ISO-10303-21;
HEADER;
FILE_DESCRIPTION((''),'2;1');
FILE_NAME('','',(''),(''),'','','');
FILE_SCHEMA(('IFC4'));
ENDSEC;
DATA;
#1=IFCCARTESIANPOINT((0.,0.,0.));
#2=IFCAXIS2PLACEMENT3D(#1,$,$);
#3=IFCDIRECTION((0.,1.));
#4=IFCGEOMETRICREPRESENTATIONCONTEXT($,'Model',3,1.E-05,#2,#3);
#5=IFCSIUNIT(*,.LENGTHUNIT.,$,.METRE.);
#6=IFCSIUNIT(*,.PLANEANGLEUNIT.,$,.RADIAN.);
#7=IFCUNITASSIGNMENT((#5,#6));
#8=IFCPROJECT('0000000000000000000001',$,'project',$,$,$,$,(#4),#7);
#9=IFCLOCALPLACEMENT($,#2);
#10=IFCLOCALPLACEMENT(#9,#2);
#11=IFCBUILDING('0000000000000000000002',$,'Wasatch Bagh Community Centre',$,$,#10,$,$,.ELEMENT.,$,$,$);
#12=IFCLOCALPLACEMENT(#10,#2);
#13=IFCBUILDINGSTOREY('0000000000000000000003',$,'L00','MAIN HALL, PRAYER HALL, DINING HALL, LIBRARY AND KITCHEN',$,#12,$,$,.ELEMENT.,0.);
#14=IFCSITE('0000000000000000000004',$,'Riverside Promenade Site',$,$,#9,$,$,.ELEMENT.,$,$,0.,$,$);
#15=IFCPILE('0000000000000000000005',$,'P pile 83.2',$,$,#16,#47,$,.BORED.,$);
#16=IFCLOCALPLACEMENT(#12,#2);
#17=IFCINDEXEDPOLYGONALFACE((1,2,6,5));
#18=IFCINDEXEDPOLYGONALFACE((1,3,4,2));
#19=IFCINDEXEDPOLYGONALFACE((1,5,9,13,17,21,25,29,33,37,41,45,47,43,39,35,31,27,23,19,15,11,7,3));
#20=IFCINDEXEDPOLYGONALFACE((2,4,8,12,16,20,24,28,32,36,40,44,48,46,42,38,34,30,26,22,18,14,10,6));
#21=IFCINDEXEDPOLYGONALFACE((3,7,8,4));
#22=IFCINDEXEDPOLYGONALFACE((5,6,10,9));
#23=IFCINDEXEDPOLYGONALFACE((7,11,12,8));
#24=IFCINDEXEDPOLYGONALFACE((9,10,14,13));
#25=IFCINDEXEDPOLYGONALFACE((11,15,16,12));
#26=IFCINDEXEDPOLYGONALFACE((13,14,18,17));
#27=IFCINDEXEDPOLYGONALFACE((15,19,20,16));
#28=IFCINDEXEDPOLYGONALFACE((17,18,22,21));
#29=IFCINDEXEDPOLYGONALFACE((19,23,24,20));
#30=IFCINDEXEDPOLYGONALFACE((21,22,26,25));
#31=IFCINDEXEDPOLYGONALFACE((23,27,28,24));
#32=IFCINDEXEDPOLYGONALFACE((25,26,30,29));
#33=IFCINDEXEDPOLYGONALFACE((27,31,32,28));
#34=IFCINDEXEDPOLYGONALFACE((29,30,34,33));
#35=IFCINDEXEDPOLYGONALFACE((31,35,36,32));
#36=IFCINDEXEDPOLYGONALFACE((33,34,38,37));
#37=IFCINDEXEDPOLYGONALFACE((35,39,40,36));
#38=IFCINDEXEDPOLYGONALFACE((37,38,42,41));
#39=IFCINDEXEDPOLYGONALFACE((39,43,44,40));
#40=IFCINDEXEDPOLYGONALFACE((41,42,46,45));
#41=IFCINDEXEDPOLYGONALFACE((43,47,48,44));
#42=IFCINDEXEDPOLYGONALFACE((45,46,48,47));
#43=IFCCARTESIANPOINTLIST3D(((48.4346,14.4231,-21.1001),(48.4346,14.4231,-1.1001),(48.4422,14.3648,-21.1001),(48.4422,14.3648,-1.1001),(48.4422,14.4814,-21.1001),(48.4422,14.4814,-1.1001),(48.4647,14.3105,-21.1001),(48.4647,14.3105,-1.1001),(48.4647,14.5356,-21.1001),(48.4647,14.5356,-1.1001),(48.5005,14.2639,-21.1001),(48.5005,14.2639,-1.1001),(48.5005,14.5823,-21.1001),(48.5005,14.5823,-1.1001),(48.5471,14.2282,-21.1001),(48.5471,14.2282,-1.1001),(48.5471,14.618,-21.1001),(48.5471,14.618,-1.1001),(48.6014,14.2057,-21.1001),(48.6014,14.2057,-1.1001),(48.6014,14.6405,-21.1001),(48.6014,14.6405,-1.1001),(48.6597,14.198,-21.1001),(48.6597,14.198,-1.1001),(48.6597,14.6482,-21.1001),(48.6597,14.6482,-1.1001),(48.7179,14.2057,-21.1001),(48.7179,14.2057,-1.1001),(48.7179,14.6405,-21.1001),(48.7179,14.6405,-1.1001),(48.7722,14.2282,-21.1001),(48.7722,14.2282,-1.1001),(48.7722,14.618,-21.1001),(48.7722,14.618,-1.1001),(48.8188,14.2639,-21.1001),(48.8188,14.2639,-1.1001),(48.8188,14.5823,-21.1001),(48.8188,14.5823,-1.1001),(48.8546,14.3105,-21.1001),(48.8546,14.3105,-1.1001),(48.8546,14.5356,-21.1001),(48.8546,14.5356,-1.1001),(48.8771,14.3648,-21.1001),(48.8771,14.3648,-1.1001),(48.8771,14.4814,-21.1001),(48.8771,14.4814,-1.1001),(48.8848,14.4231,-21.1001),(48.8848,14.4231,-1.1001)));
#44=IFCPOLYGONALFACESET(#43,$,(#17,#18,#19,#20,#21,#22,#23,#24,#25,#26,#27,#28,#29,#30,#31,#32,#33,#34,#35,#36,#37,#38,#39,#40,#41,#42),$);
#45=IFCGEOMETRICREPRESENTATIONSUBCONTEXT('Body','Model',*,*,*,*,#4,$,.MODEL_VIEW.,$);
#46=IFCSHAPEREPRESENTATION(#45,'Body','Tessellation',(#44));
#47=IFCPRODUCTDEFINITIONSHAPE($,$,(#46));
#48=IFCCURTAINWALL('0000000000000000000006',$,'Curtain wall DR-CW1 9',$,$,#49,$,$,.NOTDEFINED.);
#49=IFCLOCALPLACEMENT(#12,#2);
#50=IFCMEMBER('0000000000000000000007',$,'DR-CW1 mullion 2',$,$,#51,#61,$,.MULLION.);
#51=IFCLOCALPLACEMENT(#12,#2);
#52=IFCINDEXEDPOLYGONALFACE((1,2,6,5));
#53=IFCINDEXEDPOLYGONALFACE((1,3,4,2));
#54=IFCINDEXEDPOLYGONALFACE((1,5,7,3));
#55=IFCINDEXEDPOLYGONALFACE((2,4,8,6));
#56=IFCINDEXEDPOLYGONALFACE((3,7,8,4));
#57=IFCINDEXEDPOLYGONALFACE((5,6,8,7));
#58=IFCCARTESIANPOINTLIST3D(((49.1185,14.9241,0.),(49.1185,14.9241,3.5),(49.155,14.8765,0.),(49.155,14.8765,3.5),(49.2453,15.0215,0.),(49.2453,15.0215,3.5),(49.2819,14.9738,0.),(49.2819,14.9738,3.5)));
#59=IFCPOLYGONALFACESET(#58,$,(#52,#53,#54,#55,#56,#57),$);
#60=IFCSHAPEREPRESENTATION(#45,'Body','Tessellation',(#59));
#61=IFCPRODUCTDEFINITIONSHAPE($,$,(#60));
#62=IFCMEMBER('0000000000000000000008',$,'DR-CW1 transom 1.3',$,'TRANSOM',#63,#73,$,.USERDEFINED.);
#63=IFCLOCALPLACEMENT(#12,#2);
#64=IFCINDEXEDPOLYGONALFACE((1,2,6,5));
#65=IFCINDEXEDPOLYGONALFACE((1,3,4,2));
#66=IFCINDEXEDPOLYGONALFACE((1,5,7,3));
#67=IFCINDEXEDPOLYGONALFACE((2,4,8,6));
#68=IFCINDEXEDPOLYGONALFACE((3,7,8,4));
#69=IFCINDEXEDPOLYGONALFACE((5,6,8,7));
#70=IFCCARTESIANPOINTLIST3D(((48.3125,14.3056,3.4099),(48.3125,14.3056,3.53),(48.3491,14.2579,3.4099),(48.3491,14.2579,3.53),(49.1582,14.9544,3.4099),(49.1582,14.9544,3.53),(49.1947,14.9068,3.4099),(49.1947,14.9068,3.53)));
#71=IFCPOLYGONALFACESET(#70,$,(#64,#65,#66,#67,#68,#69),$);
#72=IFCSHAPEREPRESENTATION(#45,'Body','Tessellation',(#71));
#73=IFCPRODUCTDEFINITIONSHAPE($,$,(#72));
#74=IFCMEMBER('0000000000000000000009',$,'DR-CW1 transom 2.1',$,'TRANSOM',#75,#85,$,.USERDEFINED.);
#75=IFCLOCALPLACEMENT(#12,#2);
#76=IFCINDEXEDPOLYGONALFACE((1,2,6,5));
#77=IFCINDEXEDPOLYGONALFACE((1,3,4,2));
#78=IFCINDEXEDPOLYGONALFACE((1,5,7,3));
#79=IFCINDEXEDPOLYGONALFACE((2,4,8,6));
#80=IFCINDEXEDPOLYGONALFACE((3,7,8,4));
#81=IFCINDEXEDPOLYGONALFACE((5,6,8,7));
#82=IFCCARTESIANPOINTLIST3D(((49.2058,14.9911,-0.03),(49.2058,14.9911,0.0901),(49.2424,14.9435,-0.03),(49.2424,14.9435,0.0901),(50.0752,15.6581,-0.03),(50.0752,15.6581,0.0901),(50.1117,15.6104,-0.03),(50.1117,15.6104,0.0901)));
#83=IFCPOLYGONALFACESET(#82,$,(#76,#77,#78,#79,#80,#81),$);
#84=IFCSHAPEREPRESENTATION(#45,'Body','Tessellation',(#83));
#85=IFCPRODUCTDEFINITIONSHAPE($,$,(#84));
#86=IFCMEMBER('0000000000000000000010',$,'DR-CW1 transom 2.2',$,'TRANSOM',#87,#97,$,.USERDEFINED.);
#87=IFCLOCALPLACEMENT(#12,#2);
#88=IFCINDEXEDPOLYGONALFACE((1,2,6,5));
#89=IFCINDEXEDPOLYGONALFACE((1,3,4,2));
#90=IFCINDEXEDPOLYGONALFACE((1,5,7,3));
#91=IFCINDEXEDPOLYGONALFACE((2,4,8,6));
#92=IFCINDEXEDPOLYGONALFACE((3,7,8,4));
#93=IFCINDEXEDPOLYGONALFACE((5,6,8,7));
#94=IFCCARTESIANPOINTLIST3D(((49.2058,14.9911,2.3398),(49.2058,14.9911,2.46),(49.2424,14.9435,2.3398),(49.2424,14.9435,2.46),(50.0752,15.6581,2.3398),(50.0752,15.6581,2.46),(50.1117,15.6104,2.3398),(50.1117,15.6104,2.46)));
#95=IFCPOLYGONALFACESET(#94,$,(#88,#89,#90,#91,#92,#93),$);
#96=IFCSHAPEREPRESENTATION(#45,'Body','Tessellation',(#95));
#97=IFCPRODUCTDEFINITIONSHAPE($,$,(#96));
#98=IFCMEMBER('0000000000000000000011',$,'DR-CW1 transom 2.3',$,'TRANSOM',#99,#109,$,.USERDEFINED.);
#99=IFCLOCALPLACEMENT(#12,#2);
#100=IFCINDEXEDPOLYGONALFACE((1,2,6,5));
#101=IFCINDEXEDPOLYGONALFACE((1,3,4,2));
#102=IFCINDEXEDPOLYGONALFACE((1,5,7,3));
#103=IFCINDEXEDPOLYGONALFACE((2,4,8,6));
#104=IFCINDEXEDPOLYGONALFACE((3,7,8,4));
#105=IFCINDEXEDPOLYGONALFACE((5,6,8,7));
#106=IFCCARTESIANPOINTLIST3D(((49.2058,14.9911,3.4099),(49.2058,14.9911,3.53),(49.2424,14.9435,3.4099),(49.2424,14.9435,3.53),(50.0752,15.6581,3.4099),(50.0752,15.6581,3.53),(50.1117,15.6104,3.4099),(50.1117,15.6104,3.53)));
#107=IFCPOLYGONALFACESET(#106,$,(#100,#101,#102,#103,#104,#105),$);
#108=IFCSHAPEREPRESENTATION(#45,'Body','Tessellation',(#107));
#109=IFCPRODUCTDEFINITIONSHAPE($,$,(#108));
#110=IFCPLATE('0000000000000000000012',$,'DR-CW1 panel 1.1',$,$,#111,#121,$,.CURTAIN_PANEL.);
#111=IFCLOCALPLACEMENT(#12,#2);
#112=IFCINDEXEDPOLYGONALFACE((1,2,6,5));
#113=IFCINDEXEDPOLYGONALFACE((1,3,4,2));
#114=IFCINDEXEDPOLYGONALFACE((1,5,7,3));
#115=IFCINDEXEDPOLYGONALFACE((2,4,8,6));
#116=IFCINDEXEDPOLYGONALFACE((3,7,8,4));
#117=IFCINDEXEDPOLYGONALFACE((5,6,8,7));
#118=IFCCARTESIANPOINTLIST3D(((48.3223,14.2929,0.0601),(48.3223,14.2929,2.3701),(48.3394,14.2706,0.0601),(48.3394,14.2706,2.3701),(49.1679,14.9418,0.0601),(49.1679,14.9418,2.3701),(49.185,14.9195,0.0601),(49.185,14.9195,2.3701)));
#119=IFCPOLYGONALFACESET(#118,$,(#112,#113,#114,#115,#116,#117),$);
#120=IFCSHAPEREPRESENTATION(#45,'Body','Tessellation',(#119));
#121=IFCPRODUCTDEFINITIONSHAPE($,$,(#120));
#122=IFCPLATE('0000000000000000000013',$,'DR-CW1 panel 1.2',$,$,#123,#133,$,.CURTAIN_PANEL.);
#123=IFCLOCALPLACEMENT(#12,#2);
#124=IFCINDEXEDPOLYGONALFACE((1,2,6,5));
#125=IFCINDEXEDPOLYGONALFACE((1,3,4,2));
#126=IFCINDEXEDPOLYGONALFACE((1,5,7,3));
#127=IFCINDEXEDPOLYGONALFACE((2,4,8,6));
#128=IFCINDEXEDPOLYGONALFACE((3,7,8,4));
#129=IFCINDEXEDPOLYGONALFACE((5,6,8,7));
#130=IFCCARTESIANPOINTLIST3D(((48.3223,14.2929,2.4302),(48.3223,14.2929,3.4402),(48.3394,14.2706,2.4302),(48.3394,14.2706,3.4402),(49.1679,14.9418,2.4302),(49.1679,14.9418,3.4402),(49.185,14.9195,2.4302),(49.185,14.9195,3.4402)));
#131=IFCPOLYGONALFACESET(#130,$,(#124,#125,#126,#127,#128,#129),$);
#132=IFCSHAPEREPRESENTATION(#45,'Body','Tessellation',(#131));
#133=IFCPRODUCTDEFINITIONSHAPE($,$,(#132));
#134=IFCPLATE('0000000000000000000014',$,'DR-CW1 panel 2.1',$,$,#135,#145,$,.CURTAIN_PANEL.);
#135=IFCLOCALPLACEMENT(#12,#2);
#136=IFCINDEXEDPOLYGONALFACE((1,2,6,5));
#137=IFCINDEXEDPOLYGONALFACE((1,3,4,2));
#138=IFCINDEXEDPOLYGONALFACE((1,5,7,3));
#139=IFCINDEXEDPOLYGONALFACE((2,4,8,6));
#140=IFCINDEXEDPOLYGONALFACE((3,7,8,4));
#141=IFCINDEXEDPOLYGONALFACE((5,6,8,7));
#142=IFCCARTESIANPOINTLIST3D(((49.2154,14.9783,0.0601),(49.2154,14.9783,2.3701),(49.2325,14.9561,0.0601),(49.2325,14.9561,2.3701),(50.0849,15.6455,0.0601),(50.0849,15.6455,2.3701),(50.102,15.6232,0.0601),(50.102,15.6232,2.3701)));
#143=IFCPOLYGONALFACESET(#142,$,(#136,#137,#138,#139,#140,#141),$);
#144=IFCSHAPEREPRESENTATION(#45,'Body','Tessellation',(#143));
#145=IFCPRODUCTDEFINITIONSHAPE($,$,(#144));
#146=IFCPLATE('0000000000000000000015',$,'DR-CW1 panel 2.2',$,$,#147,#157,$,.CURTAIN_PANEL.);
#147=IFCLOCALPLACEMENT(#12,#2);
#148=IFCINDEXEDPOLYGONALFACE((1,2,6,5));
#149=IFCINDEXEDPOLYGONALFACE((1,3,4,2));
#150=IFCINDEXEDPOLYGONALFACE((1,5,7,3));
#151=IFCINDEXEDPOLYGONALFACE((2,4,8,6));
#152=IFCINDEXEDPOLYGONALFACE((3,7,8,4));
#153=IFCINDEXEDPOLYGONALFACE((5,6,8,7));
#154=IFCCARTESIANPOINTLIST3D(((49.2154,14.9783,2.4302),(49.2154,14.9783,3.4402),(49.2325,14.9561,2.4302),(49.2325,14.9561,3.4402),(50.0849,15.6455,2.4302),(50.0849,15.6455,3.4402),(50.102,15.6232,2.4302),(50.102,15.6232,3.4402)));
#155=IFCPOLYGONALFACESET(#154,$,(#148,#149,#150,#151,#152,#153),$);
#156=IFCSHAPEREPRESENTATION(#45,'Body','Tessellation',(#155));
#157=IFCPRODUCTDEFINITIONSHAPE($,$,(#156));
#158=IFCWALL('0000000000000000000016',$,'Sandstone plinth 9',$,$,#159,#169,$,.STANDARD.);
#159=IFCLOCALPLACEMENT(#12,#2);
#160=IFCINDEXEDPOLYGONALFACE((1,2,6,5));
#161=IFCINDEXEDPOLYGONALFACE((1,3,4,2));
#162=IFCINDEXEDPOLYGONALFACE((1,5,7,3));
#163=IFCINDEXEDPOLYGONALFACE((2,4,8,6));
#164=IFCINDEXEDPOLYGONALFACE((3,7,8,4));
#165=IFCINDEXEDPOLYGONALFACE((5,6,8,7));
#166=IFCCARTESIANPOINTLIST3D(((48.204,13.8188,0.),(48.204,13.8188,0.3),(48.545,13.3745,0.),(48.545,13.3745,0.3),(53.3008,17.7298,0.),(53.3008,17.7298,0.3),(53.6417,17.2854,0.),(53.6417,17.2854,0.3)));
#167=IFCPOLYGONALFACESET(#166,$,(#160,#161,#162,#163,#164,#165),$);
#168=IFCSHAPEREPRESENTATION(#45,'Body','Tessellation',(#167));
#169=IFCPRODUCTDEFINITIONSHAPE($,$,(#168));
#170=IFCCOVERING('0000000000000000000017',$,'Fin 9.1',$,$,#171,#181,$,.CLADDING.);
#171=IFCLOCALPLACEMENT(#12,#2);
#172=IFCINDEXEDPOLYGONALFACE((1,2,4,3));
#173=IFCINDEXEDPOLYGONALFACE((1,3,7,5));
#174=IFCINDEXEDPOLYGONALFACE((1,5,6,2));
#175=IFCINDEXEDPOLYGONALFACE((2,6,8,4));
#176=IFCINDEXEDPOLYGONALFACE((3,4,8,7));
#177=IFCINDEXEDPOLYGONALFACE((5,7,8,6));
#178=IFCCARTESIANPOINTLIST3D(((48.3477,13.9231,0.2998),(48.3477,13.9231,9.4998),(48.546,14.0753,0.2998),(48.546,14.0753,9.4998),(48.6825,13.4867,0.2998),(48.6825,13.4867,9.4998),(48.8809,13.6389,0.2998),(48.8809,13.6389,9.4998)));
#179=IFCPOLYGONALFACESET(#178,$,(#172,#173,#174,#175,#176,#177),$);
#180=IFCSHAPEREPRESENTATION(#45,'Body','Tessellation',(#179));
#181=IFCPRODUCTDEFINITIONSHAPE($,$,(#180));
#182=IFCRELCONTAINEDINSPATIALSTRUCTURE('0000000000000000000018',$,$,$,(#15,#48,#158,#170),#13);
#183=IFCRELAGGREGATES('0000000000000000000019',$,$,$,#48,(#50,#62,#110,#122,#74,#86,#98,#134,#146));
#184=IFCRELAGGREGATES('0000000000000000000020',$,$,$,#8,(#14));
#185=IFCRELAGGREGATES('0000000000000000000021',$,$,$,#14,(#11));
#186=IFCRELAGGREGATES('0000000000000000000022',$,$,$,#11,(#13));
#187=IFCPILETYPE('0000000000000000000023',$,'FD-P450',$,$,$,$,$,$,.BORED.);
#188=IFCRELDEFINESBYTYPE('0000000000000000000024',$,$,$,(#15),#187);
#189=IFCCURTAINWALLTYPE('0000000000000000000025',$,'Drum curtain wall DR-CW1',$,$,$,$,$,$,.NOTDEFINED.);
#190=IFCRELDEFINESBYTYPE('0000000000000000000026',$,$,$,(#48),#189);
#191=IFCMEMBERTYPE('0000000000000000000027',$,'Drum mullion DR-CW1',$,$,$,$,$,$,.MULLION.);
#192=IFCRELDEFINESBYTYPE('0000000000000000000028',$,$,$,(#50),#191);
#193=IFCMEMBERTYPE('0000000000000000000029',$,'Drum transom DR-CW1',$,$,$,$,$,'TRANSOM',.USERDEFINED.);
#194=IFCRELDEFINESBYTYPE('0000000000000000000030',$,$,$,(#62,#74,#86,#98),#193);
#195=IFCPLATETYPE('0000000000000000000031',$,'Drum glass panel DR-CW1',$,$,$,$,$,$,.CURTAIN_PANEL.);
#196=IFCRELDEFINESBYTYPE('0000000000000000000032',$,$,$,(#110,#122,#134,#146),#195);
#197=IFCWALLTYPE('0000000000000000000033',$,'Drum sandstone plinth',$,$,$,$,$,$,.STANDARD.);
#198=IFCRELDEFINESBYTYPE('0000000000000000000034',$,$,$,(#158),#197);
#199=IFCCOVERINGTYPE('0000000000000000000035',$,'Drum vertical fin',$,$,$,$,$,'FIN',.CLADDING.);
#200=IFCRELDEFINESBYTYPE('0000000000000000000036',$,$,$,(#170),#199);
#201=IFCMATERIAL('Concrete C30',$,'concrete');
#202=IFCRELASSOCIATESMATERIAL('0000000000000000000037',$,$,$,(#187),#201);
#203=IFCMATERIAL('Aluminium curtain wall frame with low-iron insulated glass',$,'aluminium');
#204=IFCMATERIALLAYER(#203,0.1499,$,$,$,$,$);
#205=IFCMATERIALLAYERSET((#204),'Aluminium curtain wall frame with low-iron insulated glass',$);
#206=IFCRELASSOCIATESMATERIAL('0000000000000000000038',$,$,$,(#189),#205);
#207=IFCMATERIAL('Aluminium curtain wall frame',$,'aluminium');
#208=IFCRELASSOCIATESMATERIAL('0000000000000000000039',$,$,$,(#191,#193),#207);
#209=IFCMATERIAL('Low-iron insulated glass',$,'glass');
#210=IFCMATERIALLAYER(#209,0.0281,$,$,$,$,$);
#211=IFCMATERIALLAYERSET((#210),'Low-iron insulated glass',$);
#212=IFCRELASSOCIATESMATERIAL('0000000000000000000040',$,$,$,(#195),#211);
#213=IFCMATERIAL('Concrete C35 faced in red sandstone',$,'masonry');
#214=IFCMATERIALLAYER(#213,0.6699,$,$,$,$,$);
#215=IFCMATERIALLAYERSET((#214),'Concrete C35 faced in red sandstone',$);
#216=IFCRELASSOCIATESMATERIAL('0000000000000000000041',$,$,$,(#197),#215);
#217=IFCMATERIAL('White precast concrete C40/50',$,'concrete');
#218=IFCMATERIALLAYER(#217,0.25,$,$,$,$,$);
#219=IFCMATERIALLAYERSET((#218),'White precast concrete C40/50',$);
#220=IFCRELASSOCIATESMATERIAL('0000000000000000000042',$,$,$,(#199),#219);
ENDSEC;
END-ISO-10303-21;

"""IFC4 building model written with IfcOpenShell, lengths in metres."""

from ifc_helpers import new_model, si_unit, direction, frame, frame_2d, origin, origin_2d, place, context, subcontext, project, spatial, rectangle, circle, extrude, material, layer, layer_set, material_profile, profile_set, type_object, element, aggregate, save


model = new_model("IFC4")

# Units and contexts
model_context = context("Model", 3, precision=1e-05, world=origin(), true_north=direction((0.0, 1.0)))
body_context = subcontext(model_context, "Body", "Model", "MODEL_VIEW")
ifc_project = project(units=[si_unit("LENGTHUNIT", "METRE"), si_unit("PLANEANGLEUNIT", "RADIAN")], contexts=[model_context])

# Site, building, storey
site_placement = place(None, origin())
site = spatial("IfcSite", under=ifc_project, at=site_placement, Name="Riverside Promenade Site", CompositionType="ELEMENT", RefElevation=0.0)
building_placement = place(site_placement, origin())
building = spatial("IfcBuilding", under=site, at=building_placement, Name="Wasatch Bagh Community Centre", CompositionType="ELEMENT")
storey_placement = place(building_placement, origin())
storey = spatial("IfcBuildingStorey", under=building, at=storey_placement, Name="L00", Description="MAIN HALL, PRAYER HALL, DINING HALL, LIBRARY AND KITCHEN", CompositionType="ELEMENT", Elevation=0.0)

# Pile
ifc_material_1 = material(Name="Concrete C30", Category="concrete")
ifc_material_profile_1 = material_profile(ifc_material_1, circle(Radius=0.2251, at=origin_2d()), Name="RC D450")
ifc_profile_set_1 = profile_set([ifc_material_profile_1], Name="Concrete C30")
pile_type = type_object("IfcPileType", Name="FD-P450", PredefinedType="BORED", material=ifc_profile_set_1)
pile_placement = place(storey_placement, frame((48.6597, 14.4231, -1.1001), z_axis=(0.0, 0.0, -1.0), x_axis=(1.0, 0.0, 0.0)))
element("IfcPile", 1, at=pile_placement, inside=storey, type_object=pile_type, Name="P pile 83.2", PredefinedType="BORED", context=body_context, shape_type="SweptSolid", body=[
    extrude(circle(Radius=0.2251, at=origin_2d()), origin(), (0.0, 0.0, 1.0), 20.0),
])

# Curtain wall, members, plates
ifc_material_2 = material(Name="Aluminium curtain wall frame with low-iron insulated glass", Category="aluminium")
ifc_layer_1 = layer(ifc_material_2, 0.1499)
ifc_layer_set_1 = layer_set([ifc_layer_1], Name="Aluminium curtain wall frame with low-iron insulated glass")
curtain_wall_type = type_object("IfcCurtainWallType", Name="Drum curtain wall DR-CW1", PredefinedType="NOTDEFINED", material=ifc_layer_set_1)
curtain_wall_placement = place(storey_placement, origin())
curtain_wall = element("IfcCurtainWall", 2, at=curtain_wall_placement, inside=storey, type_object=curtain_wall_type, Name="Curtain wall DR-CW1 9", PredefinedType="NOTDEFINED")
ifc_material_3 = material(Name="Aluminium curtain wall frame", Category="aluminium")
ifc_material_profile_2 = material_profile(ifc_material_3, rectangle(XDim=0.0601, YDim=0.1599, at=origin_2d()), Name="Drum mullion DR-CW1")
ifc_profile_set_2 = profile_set([ifc_material_profile_2], Name="Aluminium curtain wall frame")
member_type_1 = type_object("IfcMemberType", Name="Drum mullion DR-CW1", PredefinedType="MULLION", material=ifc_profile_set_2)
member_1_placement = place(storey_placement, frame((49.2002, 14.949, 0.0), z_axis=(0.0, 0.0, 1.0), x_axis=(-0.608761, 0.793353, 0.0)))
member_1 = element("IfcMember", 3, at=member_1_placement, type_object=member_type_1, Name="DR-CW1 mullion 2", PredefinedType="MULLION", context=body_context, shape_type="SweptSolid", body=[
    extrude(rectangle(XDim=0.0601, YDim=0.1599, at=origin_2d()), origin(), (0.0, 0.0, 1.0), 3.5),
])
ifc_material_profile_3 = material_profile(ifc_material_3, rectangle(XDim=0.0601, YDim=0.1201, at=origin_2d()), Name="Drum transom DR-CW1")
ifc_profile_set_3 = profile_set([ifc_material_profile_3], Name="Aluminium curtain wall frame")
member_type_2 = type_object("IfcMemberType", Name="Drum transom DR-CW1", ElementType="TRANSOM", PredefinedType="USERDEFINED", material=ifc_profile_set_3)
member_2_placement = place(storey_placement, frame((48.3308, 14.2817, 3.47), z_axis=(0.793356, 0.608758, 0.0), x_axis=(-0.608758, 0.793356, 0.0)))
member_2 = element("IfcMember", 4, at=member_2_placement, type_object=member_type_2, Name="DR-CW1 transom 1.3", ObjectType="TRANSOM", PredefinedType="USERDEFINED", context=body_context, shape_type="SweptSolid", body=[
    extrude(rectangle(XDim=0.0601, YDim=0.1201, at=origin_2d()), origin(), (0.0, 0.0, 1.0), 1.0659),
])
member_3_placement = place(storey_placement, frame((49.2241, 14.9673, 0.03), z_axis=(0.793402, 0.608698, 0.0), x_axis=(-0.608698, 0.793402, 0.0)))
member_3 = element("IfcMember", 5, at=member_3_placement, type_object=member_type_2, Name="DR-CW1 transom 2.1", ObjectType="TRANSOM", PredefinedType="USERDEFINED", context=body_context, shape_type="SweptSolid", body=[
    extrude(rectangle(XDim=0.0601, YDim=0.1201, at=origin_2d()), origin(), (0.0, 0.0, 1.0), 1.0957),
])
member_4_placement = place(storey_placement, frame((49.2241, 14.9673, 2.3999), z_axis=(0.793402, 0.608698, 0.0), x_axis=(-0.608698, 0.793402, 0.0)))
member_4 = element("IfcMember", 6, at=member_4_placement, type_object=member_type_2, Name="DR-CW1 transom 2.2", ObjectType="TRANSOM", PredefinedType="USERDEFINED", context=body_context, shape_type="SweptSolid", body=[
    extrude(rectangle(XDim=0.0601, YDim=0.1201, at=origin_2d()), origin(), (0.0, 0.0, 1.0), 1.0957),
])
member_5_placement = place(storey_placement, frame((49.2241, 14.9673, 3.47), z_axis=(0.793402, 0.608698, 0.0), x_axis=(-0.608698, 0.793402, 0.0)))
member_5 = element("IfcMember", 7, at=member_5_placement, type_object=member_type_2, Name="DR-CW1 transom 2.3", ObjectType="TRANSOM", PredefinedType="USERDEFINED", context=body_context, shape_type="SweptSolid", body=[
    extrude(rectangle(XDim=0.0601, YDim=0.1201, at=origin_2d()), origin(), (0.0, 0.0, 1.0), 1.0957),
])
ifc_material_4 = material(Name="Low-iron insulated glass", Category="glass")
ifc_layer_2 = layer(ifc_material_4, 0.0281)
ifc_layer_set_2 = layer_set([ifc_layer_2], Name="Low-iron insulated glass")
plate_type = type_object("IfcPlateType", Name="Drum glass panel DR-CW1", PredefinedType="CURTAIN_PANEL", material=ifc_layer_set_2)
plate_1_placement = place(storey_placement, frame((48.7537, 14.6062, 0.0601), z_axis=(0.0, 0.0, 1.0), x_axis=(0.793353, 0.608761, 0.0)))
plate_1 = element("IfcPlate", 8, at=plate_1_placement, type_object=plate_type, Name="DR-CW1 panel 1.1", PredefinedType="CURTAIN_PANEL", context=body_context, shape_type="SweptSolid", body=[
    extrude(rectangle(XDim=1.0659, YDim=0.0281, at=origin_2d()), origin(), (0.0, 0.0, 1.0), 2.3101),
])
plate_2_placement = place(storey_placement, frame((48.7537, 14.6062, 2.4302), z_axis=(0.0, 0.0, 1.0), x_axis=(0.793353, 0.608761, 0.0)))
plate_2 = element("IfcPlate", 9, at=plate_2_placement, type_object=plate_type, Name="DR-CW1 panel 1.2", PredefinedType="CURTAIN_PANEL", context=body_context, shape_type="SweptSolid", body=[
    extrude(rectangle(XDim=1.0659, YDim=0.0281, at=origin_2d()), origin(), (0.0, 0.0, 1.0), 1.01),
])
plate_3_placement = place(storey_placement, frame((49.6587, 15.3008, 0.0601), z_axis=(0.0, 0.0, 1.0), x_axis=(0.793353, 0.608761, 0.0)))
plate_3 = element("IfcPlate", 10, at=plate_3_placement, type_object=plate_type, Name="DR-CW1 panel 2.1", PredefinedType="CURTAIN_PANEL", context=body_context, shape_type="SweptSolid", body=[
    extrude(rectangle(XDim=1.0959, YDim=0.0281, at=origin_2d()), origin(), (0.0, 0.0, 1.0), 2.3101),
])
plate_4_placement = place(storey_placement, frame((49.6587, 15.3008, 2.4302), z_axis=(0.0, 0.0, 1.0), x_axis=(0.793353, 0.608761, 0.0)))
plate_4 = element("IfcPlate", 11, at=plate_4_placement, type_object=plate_type, Name="DR-CW1 panel 2.2", PredefinedType="CURTAIN_PANEL", context=body_context, shape_type="SweptSolid", body=[
    extrude(rectangle(XDim=1.0959, YDim=0.0281, at=origin_2d()), origin(), (0.0, 0.0, 1.0), 1.01),
])
aggregate(curtain_wall, [member_1, member_2, plate_1, plate_2, member_3, member_4, member_5, plate_3, plate_4])

# Wall
ifc_material_5 = material(Name="Concrete C35 faced in red sandstone", Category="masonry")
ifc_layer_3 = layer(ifc_material_5, 0.6699)
ifc_layer_set_3 = layer_set([ifc_layer_3], Name="Concrete C35 faced in red sandstone")
wall_type = type_object("IfcWallType", Name="Drum sandstone plinth", PredefinedType="STANDARD", material=ifc_layer_set_3)
wall_placement = place(storey_placement, frame((48.3745, 13.5967, 0.0), z_axis=(0.0, 0.0, 1.0), x_axis=(0.793348, 0.608768, 0.0)))
element("IfcWall", 12, at=wall_placement, inside=storey, type_object=wall_type, Name="Sandstone plinth 9", PredefinedType="STANDARD", context=body_context, shape_type="SweptSolid", body=[
    extrude(rectangle(XDim=6.4243, YDim=0.5601, at=frame_2d((3.2122, 0.0))), origin(), (0.0, 0.0, 1.0), 0.3),
])

# Covering
ifc_material_6 = material(Name="White precast concrete C40/50", Category="concrete")
ifc_layer_4 = layer(ifc_material_6, 0.25)
ifc_layer_set_4 = layer_set([ifc_layer_4], Name="White precast concrete C40/50")
covering_type = type_object("IfcCoveringType", Name="Drum vertical fin", ElementType="FIN", PredefinedType="CLADDING", material=ifc_layer_set_4)
for number, where, z_axis, x_axis, name in (
    (13, (48.6143, 13.781, 0.2998), (0.0, 0.0, 1.0), (0.793353, 0.608761, 0.0), "Fin 9.1"),
):
    element("IfcCovering", number, at=place(storey_placement, frame(where, z_axis=z_axis, x_axis=x_axis)), inside=storey, type_object=covering_type, Name=name, PredefinedType="CLADDING", context=body_context, shape_type="SweptSolid", body=[
        extrude(rectangle(XDim=0.25, YDim=0.55, at=origin_2d()), origin(), (0.0, 0.0, 1.0), 9.2),
    ])

save(model, "model.ifc")
